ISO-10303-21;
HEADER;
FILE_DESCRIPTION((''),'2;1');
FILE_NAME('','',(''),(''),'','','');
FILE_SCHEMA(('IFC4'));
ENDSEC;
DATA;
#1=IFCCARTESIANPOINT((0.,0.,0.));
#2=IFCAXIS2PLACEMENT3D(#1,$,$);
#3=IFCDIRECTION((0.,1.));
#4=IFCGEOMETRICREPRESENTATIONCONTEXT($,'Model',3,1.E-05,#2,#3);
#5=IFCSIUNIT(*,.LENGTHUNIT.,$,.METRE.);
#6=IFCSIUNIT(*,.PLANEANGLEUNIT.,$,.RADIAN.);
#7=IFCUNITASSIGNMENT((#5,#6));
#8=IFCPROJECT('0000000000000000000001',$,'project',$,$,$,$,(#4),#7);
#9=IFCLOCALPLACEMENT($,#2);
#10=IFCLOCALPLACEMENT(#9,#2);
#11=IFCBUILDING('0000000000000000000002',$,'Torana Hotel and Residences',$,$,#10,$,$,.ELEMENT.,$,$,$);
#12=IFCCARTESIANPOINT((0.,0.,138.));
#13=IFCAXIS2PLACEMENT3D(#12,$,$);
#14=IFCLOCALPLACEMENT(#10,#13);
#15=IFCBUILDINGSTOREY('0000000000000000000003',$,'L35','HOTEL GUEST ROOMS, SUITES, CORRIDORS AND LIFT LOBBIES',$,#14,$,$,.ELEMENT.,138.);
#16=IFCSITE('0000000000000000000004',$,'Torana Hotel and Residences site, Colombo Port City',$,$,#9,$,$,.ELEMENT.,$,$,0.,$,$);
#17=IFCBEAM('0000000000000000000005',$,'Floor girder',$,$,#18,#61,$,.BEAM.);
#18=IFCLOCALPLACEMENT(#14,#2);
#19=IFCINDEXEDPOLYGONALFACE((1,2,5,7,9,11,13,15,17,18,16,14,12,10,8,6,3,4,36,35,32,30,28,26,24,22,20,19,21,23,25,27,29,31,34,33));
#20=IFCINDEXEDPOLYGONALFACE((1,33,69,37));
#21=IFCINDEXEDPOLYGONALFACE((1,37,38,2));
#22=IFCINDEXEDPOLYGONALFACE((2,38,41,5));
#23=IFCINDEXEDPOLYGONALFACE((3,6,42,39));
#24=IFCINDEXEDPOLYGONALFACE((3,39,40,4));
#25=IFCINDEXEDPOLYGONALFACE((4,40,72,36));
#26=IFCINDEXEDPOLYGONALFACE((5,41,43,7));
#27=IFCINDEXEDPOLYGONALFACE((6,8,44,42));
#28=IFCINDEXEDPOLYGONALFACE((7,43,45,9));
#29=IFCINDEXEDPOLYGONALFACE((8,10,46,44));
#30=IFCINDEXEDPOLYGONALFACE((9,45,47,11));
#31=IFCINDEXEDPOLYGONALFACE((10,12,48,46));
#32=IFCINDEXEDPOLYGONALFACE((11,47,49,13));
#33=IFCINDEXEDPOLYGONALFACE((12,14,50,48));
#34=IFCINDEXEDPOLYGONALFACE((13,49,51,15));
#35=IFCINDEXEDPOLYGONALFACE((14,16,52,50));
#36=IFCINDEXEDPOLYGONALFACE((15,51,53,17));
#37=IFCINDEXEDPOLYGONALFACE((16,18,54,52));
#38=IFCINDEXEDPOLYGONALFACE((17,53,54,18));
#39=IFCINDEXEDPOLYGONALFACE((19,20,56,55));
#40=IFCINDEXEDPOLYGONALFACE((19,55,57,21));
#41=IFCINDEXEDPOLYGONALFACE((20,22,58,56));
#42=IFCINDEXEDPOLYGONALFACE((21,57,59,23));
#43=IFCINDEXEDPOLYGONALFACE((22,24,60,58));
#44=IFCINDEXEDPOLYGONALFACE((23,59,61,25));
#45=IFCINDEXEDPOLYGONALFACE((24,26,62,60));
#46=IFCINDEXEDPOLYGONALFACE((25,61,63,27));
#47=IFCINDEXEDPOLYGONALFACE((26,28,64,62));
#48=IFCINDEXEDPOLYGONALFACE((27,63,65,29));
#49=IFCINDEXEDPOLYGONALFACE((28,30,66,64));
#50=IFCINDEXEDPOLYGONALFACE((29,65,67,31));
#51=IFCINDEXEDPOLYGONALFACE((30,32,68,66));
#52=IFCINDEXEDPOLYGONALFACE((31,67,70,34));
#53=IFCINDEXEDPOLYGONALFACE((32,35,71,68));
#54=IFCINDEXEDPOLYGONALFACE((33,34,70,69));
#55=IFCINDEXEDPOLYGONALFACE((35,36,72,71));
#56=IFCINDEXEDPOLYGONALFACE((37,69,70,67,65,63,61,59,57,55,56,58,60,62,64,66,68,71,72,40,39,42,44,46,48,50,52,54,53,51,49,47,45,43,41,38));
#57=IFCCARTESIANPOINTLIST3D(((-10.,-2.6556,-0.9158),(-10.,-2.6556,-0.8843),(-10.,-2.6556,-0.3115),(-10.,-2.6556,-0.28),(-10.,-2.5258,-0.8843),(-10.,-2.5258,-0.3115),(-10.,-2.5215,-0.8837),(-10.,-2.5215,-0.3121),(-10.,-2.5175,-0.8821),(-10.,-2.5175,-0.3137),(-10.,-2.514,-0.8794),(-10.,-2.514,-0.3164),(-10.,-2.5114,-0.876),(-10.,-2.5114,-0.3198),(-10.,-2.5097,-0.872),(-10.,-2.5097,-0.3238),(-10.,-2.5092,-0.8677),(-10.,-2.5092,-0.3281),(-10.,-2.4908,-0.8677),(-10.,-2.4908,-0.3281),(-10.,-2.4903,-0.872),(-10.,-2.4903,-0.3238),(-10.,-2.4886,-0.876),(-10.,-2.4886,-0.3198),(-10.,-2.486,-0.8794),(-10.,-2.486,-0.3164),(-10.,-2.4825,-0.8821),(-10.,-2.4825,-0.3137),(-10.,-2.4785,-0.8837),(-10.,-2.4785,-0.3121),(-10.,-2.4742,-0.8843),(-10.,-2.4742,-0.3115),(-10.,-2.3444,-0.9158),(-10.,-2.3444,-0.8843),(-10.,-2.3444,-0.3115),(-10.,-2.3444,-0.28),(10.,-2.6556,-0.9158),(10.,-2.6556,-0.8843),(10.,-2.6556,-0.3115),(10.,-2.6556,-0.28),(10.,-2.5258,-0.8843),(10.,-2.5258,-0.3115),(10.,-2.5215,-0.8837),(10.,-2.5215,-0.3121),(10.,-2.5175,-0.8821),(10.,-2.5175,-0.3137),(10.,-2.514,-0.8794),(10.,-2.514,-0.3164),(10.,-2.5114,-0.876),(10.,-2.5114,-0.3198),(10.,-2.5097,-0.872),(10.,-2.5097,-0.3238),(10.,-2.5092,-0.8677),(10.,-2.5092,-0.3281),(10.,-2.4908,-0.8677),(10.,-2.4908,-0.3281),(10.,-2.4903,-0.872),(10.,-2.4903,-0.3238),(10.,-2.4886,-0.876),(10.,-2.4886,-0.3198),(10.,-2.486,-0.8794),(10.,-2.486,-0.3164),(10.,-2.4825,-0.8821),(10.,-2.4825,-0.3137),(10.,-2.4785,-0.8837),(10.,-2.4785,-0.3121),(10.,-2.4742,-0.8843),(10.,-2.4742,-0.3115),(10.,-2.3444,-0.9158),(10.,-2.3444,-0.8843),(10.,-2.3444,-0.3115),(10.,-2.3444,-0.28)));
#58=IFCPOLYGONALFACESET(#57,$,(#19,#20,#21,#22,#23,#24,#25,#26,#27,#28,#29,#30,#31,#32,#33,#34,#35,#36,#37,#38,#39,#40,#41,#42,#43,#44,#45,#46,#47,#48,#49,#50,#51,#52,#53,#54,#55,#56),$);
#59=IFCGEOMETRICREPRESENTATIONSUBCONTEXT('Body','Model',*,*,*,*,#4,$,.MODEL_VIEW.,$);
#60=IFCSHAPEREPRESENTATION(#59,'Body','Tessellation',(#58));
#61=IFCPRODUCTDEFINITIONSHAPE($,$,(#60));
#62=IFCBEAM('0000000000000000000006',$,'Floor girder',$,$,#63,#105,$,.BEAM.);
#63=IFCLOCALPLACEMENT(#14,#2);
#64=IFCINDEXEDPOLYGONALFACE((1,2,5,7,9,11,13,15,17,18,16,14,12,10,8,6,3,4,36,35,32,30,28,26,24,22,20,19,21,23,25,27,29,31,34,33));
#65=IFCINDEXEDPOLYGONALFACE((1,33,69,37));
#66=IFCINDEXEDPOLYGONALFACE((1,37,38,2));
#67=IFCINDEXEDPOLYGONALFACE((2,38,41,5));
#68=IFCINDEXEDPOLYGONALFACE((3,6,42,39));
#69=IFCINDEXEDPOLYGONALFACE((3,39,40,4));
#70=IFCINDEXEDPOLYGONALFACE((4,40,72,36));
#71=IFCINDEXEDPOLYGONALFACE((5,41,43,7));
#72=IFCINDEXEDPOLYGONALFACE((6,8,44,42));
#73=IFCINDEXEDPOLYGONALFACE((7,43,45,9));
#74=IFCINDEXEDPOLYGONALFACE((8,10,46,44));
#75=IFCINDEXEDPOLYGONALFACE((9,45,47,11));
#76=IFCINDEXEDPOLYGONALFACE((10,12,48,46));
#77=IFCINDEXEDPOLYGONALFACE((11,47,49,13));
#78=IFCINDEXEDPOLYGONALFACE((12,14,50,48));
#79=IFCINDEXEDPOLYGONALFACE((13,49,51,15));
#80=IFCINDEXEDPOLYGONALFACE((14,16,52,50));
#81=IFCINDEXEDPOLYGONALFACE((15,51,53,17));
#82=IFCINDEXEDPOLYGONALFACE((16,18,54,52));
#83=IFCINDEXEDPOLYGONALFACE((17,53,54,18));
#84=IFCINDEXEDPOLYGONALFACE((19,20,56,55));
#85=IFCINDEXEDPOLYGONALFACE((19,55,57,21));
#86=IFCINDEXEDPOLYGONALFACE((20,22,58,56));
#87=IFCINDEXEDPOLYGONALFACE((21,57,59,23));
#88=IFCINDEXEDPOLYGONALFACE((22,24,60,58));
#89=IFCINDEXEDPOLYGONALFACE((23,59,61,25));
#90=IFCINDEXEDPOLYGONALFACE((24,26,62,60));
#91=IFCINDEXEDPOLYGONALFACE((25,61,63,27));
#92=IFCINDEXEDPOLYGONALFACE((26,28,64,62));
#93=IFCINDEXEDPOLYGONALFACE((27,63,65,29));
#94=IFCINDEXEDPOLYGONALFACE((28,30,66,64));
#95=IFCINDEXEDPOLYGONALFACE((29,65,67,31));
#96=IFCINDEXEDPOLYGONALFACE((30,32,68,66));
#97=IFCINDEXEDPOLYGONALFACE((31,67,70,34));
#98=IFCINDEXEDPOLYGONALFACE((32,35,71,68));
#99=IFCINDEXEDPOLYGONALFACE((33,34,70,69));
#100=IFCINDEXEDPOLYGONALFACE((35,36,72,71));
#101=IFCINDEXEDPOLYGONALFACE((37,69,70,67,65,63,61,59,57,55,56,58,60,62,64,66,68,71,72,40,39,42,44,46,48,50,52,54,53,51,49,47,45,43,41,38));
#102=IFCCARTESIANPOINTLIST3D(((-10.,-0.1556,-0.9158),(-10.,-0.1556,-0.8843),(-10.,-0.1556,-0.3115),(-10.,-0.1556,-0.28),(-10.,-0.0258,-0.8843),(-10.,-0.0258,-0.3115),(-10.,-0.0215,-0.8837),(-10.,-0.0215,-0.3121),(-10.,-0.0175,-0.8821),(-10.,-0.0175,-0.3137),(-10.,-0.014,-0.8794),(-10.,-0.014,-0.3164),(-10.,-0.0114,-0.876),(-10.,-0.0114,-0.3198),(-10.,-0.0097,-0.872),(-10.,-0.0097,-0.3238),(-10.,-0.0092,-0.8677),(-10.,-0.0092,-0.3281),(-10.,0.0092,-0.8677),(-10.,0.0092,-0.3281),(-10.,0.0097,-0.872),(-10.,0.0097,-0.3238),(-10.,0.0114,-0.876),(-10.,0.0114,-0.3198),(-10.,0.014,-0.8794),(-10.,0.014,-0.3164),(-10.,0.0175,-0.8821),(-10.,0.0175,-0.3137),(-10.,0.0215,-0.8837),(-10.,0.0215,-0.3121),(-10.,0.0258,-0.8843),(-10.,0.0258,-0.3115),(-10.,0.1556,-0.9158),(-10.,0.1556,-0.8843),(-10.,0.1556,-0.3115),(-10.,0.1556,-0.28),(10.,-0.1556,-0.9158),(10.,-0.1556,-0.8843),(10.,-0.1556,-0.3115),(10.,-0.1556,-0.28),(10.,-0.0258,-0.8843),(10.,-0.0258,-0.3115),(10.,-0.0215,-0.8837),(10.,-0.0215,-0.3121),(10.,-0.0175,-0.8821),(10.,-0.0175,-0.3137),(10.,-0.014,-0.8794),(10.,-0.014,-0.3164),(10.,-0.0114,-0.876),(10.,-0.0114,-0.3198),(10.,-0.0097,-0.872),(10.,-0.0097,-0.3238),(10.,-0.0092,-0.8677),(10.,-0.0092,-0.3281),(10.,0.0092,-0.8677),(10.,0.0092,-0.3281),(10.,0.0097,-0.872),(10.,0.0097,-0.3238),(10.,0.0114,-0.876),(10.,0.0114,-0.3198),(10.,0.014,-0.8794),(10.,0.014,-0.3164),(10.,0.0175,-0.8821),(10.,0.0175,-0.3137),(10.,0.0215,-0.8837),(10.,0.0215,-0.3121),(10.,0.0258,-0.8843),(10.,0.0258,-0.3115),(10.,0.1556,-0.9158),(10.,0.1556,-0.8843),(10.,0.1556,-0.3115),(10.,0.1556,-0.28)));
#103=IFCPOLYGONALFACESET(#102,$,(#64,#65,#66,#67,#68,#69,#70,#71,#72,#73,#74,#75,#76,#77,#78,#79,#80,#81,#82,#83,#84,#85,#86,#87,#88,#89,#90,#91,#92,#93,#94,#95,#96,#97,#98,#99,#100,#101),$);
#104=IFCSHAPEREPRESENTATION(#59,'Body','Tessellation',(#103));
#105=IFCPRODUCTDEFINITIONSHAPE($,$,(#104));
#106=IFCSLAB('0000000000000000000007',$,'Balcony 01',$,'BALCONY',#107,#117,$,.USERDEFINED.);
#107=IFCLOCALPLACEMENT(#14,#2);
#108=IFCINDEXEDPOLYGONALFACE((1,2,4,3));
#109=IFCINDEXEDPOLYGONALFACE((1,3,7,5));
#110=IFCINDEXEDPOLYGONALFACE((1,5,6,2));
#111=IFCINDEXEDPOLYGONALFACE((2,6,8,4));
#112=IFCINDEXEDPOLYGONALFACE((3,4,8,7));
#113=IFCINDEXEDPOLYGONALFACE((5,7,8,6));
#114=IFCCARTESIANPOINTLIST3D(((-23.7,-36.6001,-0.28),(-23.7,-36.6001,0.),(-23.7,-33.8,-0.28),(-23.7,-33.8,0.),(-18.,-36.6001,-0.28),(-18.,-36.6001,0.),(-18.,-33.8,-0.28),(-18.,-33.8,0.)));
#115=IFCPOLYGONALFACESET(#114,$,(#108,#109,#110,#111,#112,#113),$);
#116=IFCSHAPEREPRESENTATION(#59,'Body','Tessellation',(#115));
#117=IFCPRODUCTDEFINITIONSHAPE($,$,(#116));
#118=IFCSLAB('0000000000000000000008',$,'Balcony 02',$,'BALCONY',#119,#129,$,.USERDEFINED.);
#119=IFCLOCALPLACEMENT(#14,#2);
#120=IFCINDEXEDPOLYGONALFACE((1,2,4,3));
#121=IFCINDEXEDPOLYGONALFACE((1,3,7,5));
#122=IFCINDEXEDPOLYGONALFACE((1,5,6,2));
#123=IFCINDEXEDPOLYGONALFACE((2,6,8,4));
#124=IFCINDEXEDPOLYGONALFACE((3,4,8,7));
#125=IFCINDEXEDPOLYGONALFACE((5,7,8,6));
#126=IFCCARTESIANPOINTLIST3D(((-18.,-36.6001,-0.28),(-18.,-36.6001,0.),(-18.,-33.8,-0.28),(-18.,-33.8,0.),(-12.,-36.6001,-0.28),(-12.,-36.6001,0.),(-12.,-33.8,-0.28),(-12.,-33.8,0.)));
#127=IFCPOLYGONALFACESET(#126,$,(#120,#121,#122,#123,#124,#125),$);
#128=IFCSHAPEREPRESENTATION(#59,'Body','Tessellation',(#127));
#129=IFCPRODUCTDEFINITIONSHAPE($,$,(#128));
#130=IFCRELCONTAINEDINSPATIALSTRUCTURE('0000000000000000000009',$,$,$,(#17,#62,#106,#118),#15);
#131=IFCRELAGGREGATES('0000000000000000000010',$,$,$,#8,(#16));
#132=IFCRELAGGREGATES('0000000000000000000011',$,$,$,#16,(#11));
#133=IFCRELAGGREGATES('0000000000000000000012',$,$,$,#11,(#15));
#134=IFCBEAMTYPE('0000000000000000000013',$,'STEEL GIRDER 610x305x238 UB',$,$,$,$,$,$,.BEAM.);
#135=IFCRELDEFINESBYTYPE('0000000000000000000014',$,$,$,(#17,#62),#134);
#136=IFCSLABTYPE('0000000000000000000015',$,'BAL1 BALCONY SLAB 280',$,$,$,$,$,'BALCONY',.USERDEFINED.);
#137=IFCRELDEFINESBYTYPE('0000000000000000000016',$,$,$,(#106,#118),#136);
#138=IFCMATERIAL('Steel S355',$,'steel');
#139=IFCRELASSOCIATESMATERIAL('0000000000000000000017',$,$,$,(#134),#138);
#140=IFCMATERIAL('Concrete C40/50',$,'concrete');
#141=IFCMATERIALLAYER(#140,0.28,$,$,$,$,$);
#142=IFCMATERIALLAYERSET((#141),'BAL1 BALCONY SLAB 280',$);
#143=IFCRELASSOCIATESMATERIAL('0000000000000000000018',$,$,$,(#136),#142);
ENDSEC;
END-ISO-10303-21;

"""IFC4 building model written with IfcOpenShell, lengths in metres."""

from ifc_helpers import new_model, si_unit, direction, frame, origin, origin_2d, place, context, subcontext, project, spatial, polyline, i_section, outline, extrude, material, layer, layer_set, material_profile, profile_set, type_object, element, save


model = new_model("IFC4")

# Units and contexts
model_context = context("Model", 3, precision=1e-05, world=origin(), true_north=direction((0.0, 1.0)))
body_context = subcontext(model_context, "Body", "Model", "MODEL_VIEW")
ifc_project = project(units=[si_unit("LENGTHUNIT", "METRE"), si_unit("PLANEANGLEUNIT", "RADIAN")], contexts=[model_context])

# Site, building, storey
site_placement = place(None, origin())
site = spatial("IfcSite", under=ifc_project, at=site_placement, Name="Torana Hotel and Residences site, Colombo Port City", CompositionType="ELEMENT", RefElevation=0.0)
building_placement = place(site_placement, origin())
building = spatial("IfcBuilding", under=site, at=building_placement, Name="Torana Hotel and Residences", CompositionType="ELEMENT")
storey_placement = place(building_placement, frame((0.0, 0.0, 138.0)))
storey = spatial("IfcBuildingStorey", under=building, at=storey_placement, Name="L35", Description="HOTEL GUEST ROOMS, SUITES, CORRIDORS AND LIFT LOBBIES", CompositionType="ELEMENT", Elevation=138.0)

# Beams
ifc_material_1 = material(Name="Steel S355", Category="steel")
ifc_material_profile = material_profile(ifc_material_1, i_section(OverallWidth=0.3113, OverallDepth=0.6357, WebThickness=0.0183, FlangeThickness=0.0315, FilletRadius=0.0166, at=origin_2d()), Name="610x305x238 UB")
ifc_profile_set = profile_set([ifc_material_profile], Name="Steel S355")
beam_type = type_object("IfcBeamType", Name="STEEL GIRDER 610x305x238 UB", PredefinedType="BEAM", material=ifc_profile_set)
for number, where, z_axis, x_axis, name in (
    (1, (-10.0, -2.5, -0.5979), (1.0, 0.0, 0.0), (0.0, 1.0, 0.0), "Floor girder"),
    (2, (-10.0, 0.0, -0.5979), (1.0, 0.0, 0.0), (0.0, 1.0, 0.0), "Floor girder"),
):
    element("IfcBeam", number, at=place(storey_placement, frame(where, z_axis=z_axis, x_axis=x_axis)), inside=storey, type_object=beam_type, Name=name, PredefinedType="BEAM", context=body_context, shape_type="SweptSolid", body=[
        extrude(i_section(OverallWidth=0.3113, OverallDepth=0.6357, WebThickness=0.0183, FlangeThickness=0.0315, FilletRadius=0.0166, at=origin_2d()), origin(), (0.0, 0.0, 1.0), 20.0),
    ])

# Slabs
ifc_material_2 = material(Name="Concrete C40/50", Category="concrete")
ifc_layer_1 = layer(ifc_material_2, 0.28)
ifc_layer_set_1 = layer_set([ifc_layer_1], Name="BAL1 BALCONY SLAB 280")
slab_type_1 = type_object("IfcSlabType", Name="BAL1 BALCONY SLAB 280", ElementType="BALCONY", PredefinedType="USERDEFINED", material=ifc_layer_set_1)
slab_1_placement = place(storey_placement, frame((0.0, 0.0, -0.28)))
element("IfcSlab", 3, at=slab_1_placement, inside=storey, type_object=slab_type_1, Name="Balcony 01", ObjectType="BALCONY", PredefinedType="USERDEFINED", context=body_context, shape_type="SweptSolid", body=[
    extrude(outline(polyline([(-23.7, -36.6001), (-18.0, -36.6001), (-18.0, -33.8), (-23.7, -33.8), (-23.7, -36.6001)])), origin(), (0.0, 0.0, 1.0), 0.28),
])
slab_2_placement = place(storey_placement, frame((0.0, 0.0, -0.28)))
element("IfcSlab", 4, at=slab_2_placement, inside=storey, type_object=slab_type_1, Name="Balcony 02", ObjectType="BALCONY", PredefinedType="USERDEFINED", context=body_context, shape_type="SweptSolid", body=[
    extrude(outline(polyline([(-18.0, -36.6001), (-12.0, -36.6001), (-12.0, -33.8), (-18.0, -33.8), (-18.0, -36.6001)])), origin(), (0.0, 0.0, 1.0), 0.28),
])

save(model, "model.ifc")
